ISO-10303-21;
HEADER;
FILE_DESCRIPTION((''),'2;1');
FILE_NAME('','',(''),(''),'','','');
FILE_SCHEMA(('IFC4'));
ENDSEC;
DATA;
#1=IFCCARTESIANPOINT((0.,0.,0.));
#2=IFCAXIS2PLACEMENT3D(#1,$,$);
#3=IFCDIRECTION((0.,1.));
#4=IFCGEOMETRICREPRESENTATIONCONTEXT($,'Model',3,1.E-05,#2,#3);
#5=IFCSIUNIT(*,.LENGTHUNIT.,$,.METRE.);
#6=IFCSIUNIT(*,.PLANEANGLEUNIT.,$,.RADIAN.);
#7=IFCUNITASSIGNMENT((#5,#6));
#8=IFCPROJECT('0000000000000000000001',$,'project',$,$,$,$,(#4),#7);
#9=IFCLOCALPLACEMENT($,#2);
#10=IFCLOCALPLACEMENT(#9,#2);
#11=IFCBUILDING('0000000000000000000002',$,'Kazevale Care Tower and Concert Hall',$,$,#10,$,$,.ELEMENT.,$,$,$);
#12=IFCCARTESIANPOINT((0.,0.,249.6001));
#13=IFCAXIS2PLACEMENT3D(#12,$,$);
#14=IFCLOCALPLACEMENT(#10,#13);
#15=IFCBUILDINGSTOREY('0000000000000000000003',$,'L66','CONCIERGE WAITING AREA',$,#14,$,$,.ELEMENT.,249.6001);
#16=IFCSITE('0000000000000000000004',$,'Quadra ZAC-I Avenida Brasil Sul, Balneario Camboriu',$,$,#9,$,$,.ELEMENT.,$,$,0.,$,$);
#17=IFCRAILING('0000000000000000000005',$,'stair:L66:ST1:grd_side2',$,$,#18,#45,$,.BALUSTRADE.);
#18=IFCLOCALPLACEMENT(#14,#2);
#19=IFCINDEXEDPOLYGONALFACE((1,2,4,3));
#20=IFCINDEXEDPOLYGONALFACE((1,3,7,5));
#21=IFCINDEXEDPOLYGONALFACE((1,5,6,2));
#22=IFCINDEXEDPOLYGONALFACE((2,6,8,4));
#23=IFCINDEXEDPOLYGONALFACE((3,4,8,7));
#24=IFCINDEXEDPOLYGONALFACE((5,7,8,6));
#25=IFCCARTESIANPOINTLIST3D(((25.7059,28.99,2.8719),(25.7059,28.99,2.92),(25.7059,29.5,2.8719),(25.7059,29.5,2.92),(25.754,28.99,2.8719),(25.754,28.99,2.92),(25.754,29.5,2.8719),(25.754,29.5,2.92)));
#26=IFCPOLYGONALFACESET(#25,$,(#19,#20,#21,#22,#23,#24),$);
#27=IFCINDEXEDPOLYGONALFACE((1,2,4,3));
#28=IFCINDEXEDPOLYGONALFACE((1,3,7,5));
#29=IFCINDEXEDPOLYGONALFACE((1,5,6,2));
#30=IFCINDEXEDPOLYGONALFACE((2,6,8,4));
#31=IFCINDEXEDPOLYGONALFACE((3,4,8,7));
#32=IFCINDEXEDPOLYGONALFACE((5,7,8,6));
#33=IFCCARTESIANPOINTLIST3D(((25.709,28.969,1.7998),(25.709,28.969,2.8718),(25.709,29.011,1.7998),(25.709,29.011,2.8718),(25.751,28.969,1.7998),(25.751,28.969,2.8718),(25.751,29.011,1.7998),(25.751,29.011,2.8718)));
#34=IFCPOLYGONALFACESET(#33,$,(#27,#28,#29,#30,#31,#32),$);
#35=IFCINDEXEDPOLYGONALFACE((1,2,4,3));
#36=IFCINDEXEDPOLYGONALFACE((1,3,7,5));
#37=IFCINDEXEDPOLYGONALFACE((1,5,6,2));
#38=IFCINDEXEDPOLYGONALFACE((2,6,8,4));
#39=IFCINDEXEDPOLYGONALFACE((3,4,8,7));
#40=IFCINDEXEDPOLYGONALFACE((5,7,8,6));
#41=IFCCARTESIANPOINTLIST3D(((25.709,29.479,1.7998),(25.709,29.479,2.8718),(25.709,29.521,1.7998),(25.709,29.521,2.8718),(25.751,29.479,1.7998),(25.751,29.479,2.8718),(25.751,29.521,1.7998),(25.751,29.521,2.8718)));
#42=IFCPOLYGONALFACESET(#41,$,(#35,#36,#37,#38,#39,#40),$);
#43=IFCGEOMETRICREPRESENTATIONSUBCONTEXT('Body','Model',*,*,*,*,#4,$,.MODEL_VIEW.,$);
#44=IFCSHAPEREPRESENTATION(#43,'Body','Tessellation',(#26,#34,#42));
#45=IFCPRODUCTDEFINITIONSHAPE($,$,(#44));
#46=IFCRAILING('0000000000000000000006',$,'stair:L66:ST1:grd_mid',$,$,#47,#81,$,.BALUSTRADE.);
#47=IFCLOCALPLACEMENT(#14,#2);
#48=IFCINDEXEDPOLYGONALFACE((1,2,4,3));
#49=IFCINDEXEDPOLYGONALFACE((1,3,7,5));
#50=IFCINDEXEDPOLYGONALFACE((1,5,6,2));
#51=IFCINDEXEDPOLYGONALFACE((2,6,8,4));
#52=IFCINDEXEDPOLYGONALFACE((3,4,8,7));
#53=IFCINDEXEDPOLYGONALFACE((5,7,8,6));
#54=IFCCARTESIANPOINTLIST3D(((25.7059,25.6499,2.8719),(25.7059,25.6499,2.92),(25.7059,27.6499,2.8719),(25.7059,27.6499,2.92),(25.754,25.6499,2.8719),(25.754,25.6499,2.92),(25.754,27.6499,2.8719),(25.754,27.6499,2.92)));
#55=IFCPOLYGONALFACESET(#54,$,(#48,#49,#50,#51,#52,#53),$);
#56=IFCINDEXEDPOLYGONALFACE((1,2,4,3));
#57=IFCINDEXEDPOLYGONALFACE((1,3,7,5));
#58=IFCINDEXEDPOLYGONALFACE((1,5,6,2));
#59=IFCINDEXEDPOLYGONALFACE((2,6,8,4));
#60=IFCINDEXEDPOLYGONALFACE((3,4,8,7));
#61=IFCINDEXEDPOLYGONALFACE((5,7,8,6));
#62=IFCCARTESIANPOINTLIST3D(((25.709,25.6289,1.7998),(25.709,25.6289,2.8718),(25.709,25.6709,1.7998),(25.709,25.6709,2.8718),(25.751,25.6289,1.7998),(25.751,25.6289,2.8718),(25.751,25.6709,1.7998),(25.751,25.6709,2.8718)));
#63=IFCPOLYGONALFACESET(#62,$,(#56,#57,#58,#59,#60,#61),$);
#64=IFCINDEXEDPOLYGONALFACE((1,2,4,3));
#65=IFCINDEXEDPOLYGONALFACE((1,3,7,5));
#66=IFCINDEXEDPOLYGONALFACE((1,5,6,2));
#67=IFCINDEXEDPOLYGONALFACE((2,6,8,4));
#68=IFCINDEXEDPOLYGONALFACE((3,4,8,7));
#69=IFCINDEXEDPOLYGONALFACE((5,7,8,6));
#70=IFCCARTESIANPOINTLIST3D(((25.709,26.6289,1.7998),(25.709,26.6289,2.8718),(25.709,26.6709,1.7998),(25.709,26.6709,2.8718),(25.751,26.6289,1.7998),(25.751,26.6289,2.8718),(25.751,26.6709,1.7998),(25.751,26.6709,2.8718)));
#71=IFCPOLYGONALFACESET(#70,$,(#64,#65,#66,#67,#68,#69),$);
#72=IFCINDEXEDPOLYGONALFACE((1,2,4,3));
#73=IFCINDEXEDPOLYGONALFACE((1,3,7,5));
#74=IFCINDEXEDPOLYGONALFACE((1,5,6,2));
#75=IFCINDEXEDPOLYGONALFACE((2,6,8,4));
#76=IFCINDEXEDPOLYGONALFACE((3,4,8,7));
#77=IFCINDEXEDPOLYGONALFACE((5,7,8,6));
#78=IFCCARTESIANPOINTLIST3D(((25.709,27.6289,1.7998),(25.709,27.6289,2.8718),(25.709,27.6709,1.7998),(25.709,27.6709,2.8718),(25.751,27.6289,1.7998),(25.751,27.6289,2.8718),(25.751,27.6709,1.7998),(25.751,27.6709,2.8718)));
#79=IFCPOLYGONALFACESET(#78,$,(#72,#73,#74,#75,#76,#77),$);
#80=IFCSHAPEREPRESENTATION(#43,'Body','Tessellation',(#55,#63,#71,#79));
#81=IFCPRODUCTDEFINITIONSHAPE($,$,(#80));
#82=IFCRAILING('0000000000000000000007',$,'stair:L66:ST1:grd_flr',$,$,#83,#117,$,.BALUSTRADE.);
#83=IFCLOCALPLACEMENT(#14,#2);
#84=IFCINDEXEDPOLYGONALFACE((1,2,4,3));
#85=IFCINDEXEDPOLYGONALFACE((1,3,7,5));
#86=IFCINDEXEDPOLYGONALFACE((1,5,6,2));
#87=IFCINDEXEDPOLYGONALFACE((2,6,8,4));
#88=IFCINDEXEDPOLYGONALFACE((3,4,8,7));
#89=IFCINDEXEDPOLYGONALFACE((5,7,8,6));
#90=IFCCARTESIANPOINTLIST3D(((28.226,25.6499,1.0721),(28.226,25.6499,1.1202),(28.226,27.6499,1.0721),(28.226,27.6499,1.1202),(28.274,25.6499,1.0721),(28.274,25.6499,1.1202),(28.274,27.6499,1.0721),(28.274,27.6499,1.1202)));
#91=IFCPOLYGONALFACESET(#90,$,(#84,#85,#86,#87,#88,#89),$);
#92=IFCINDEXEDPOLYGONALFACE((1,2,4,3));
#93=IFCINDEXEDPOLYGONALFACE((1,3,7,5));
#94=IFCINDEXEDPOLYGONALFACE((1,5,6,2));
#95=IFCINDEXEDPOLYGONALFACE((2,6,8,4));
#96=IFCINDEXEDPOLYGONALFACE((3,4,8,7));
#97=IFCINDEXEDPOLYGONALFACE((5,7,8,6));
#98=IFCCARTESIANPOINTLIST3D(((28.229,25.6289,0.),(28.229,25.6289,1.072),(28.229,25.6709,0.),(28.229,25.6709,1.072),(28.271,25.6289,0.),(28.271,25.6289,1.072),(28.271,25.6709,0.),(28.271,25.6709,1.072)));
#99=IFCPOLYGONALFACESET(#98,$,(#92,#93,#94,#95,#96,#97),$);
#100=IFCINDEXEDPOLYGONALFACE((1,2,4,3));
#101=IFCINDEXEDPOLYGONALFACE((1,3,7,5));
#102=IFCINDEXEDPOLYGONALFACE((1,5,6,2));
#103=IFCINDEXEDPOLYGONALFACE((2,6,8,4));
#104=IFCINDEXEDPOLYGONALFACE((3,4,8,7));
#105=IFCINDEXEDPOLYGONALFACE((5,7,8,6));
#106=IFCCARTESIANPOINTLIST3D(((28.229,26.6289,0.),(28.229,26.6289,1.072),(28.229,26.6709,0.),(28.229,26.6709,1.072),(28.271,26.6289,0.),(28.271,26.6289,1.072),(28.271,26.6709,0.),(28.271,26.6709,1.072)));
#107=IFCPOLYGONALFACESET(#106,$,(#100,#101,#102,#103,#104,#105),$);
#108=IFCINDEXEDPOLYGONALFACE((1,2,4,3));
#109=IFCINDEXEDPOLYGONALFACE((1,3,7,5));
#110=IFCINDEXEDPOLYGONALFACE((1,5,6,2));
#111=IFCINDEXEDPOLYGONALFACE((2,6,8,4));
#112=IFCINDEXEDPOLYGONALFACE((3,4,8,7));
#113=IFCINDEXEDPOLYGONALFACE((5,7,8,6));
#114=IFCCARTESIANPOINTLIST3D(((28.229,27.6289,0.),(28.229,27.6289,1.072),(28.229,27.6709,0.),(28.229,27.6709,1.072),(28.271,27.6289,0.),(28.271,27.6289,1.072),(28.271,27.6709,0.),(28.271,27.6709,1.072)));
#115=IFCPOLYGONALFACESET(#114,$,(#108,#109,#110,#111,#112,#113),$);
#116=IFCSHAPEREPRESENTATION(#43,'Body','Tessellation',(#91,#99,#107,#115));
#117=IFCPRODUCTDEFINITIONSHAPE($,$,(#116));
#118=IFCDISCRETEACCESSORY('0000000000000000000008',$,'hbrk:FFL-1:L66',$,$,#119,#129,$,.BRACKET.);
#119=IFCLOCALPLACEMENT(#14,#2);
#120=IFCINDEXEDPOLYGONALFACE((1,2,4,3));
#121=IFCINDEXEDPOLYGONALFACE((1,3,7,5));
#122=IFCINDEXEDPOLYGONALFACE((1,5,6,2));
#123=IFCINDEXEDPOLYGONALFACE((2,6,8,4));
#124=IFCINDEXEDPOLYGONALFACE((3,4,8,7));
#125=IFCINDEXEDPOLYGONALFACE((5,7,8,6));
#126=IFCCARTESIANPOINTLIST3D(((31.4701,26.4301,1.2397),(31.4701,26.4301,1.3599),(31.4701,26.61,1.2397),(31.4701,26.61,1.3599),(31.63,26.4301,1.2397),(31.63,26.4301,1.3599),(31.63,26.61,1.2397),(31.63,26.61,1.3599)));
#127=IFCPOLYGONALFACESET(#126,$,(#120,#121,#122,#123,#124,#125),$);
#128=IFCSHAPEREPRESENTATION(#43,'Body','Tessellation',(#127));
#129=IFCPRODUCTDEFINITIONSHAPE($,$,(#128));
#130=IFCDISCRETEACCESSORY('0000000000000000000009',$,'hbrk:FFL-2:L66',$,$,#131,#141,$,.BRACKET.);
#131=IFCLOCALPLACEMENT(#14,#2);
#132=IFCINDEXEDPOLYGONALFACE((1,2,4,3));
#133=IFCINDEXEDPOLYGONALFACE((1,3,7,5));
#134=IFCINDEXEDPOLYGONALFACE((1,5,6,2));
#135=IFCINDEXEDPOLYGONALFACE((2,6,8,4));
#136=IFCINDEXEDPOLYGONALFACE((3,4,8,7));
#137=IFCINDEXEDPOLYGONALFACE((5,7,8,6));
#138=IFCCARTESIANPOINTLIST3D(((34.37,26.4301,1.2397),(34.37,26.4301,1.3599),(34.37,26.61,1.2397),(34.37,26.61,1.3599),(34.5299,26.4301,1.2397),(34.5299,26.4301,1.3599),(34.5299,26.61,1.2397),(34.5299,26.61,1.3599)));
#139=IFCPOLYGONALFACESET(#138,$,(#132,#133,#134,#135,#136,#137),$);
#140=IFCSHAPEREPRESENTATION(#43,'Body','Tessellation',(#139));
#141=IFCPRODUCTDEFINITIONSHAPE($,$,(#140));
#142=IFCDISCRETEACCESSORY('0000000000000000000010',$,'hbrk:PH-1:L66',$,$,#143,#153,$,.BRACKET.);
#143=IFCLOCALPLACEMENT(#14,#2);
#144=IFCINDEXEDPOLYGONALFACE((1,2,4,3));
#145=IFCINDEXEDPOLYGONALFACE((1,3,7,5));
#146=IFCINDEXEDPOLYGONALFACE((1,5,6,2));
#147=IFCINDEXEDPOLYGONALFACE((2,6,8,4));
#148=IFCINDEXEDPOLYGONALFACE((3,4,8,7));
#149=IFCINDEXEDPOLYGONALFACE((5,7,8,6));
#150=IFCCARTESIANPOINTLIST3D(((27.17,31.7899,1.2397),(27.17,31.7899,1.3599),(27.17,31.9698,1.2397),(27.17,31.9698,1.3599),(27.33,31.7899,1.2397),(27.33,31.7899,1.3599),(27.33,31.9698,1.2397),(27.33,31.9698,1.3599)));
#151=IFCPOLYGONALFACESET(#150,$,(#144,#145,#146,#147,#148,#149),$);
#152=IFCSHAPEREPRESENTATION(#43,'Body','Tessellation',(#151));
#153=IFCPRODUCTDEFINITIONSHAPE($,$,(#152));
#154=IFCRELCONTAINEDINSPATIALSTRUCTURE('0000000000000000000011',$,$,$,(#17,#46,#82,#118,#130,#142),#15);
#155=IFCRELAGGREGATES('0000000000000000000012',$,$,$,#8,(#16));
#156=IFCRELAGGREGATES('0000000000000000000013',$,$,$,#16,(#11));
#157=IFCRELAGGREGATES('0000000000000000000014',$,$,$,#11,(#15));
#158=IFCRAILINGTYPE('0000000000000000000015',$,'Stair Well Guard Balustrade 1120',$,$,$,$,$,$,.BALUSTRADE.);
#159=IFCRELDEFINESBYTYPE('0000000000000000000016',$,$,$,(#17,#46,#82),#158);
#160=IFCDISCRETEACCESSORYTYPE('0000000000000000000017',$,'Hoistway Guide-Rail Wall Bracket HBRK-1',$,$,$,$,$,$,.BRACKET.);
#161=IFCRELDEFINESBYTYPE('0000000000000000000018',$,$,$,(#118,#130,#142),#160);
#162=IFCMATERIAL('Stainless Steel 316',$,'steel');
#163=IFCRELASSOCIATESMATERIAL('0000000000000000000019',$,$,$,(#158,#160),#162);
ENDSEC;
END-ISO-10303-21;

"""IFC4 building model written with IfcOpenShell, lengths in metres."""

from ifc_helpers import new_model, si_unit, direction, frame, origin, origin_2d, place, context, subcontext, project, spatial, rectangle, extrude, material, type_object, element, save


model = new_model("IFC4")

# Units and contexts
model_context = context("Model", 3, precision=1e-05, world=origin(), true_north=direction((0.0, 1.0)))
body_context = subcontext(model_context, "Body", "Model", "MODEL_VIEW")
ifc_project = project(units=[si_unit("LENGTHUNIT", "METRE"), si_unit("PLANEANGLEUNIT", "RADIAN")], contexts=[model_context])

# Site, building, storey
site_placement = place(None, origin())
site = spatial("IfcSite", under=ifc_project, at=site_placement, Name="Quadra ZAC-I Avenida Brasil Sul, Balneario Camboriu", CompositionType="ELEMENT", RefElevation=0.0)
building_placement = place(site_placement, origin())
building = spatial("IfcBuilding", under=site, at=building_placement, Name="Kazevale Care Tower and Concert Hall", CompositionType="ELEMENT")
storey_placement = place(building_placement, frame((0.0, 0.0, 249.6001)))
storey = spatial("IfcBuildingStorey", under=building, at=storey_placement, Name="L66", Description="CONCIERGE WAITING AREA", CompositionType="ELEMENT", Elevation=249.6001)

# Shared definitions
ifc_material_1 = material(Name="Stainless Steel 316", Category="steel")

# Railings
railing_type_1 = type_object("IfcRailingType", Name="Stair Well Guard Balustrade 1120", PredefinedType="BALUSTRADE", material=ifc_material_1)
railing_1_placement = place(storey_placement, frame((25.73, 28.99, 1.7998)))
element("IfcRailing", 1, at=railing_1_placement, inside=storey, type_object=railing_type_1, Name="stair:L66:ST1:grd_side2", PredefinedType="BALUSTRADE", context=body_context, shape_type="SweptSolid", body=[
    extrude(rectangle(XDim=0.0481, YDim=0.0481, at=origin_2d()), frame((0.0, 0.0, 1.0962), z_axis=(0.0, 1.0, 0.0), x_axis=(-1.0, 0.0, 0.0)), (0.0, 0.0, 1.0), 0.51),
    extrude(rectangle(XDim=0.042, YDim=0.042, at=origin_2d()), origin(), (0.0, 0.0, 1.0), 1.072),
    extrude(rectangle(XDim=0.042, YDim=0.042, at=origin_2d()), frame((0.0, 0.51, 0.0)), (0.0, 0.0, 1.0), 1.072),
])
for number, where, name in (
    (2, (25.73, 25.6499, 1.7998), "stair:L66:ST1:grd_mid"),
    (3, (28.25, 25.6499, 0.0), "stair:L66:ST1:grd_flr"),
):
    element("IfcRailing", number, at=place(storey_placement, frame(where)), inside=storey, type_object=railing_type_1, Name=name, PredefinedType="BALUSTRADE", context=body_context, shape_type="SweptSolid", body=[
        extrude(rectangle(XDim=0.0481, YDim=0.0481, at=origin_2d()), frame((0.0, 0.0, 1.0962), z_axis=(0.0, 1.0, 0.0), x_axis=(-1.0, 0.0, 0.0)), (0.0, 0.0, 1.0), 2.0),
        extrude(rectangle(XDim=0.042, YDim=0.042, at=origin_2d()), origin(), (0.0, 0.0, 1.0), 1.072),
        extrude(rectangle(XDim=0.042, YDim=0.042, at=origin_2d()), frame((0.0, 1.0, 0.0)), (0.0, 0.0, 1.0), 1.072),
        extrude(rectangle(XDim=0.042, YDim=0.042, at=origin_2d()), frame((0.0, 2.0, 0.0)), (0.0, 0.0, 1.0), 1.072),
    ])

# Discrete accessories
discrete_accessory_type = type_object("IfcDiscreteAccessoryType", Name="Hoistway Guide-Rail Wall Bracket HBRK-1", PredefinedType="BRACKET", material=ifc_material_1)
for number, where, z_axis, x_axis, name in (
    (4, (31.55, 26.52, 1.2397), (0.0, 0.0, 1.0), (1.0, 0.0, 0.0), "hbrk:FFL-1:L66"),
    (5, (34.45, 26.52, 1.2397), (0.0, 0.0, 1.0), (1.0, 0.0, 0.0), "hbrk:FFL-2:L66"),
    (6, (27.25, 31.8799, 1.2397), (0.0, 0.0, 1.0), (1.0, 0.0, 0.0), "hbrk:PH-1:L66"),
):
    element("IfcDiscreteAccessory", number, at=place(storey_placement, frame(where, z_axis=z_axis, x_axis=x_axis)), inside=storey, type_object=discrete_accessory_type, Name=name, PredefinedType="BRACKET", context=body_context, shape_type="SweptSolid", body=[
        extrude(rectangle(XDim=0.1599, YDim=0.1799, at=origin_2d()), origin(), (0.0, 0.0, 1.0), 0.1201),
    ])

save(model, "model.ifc")
